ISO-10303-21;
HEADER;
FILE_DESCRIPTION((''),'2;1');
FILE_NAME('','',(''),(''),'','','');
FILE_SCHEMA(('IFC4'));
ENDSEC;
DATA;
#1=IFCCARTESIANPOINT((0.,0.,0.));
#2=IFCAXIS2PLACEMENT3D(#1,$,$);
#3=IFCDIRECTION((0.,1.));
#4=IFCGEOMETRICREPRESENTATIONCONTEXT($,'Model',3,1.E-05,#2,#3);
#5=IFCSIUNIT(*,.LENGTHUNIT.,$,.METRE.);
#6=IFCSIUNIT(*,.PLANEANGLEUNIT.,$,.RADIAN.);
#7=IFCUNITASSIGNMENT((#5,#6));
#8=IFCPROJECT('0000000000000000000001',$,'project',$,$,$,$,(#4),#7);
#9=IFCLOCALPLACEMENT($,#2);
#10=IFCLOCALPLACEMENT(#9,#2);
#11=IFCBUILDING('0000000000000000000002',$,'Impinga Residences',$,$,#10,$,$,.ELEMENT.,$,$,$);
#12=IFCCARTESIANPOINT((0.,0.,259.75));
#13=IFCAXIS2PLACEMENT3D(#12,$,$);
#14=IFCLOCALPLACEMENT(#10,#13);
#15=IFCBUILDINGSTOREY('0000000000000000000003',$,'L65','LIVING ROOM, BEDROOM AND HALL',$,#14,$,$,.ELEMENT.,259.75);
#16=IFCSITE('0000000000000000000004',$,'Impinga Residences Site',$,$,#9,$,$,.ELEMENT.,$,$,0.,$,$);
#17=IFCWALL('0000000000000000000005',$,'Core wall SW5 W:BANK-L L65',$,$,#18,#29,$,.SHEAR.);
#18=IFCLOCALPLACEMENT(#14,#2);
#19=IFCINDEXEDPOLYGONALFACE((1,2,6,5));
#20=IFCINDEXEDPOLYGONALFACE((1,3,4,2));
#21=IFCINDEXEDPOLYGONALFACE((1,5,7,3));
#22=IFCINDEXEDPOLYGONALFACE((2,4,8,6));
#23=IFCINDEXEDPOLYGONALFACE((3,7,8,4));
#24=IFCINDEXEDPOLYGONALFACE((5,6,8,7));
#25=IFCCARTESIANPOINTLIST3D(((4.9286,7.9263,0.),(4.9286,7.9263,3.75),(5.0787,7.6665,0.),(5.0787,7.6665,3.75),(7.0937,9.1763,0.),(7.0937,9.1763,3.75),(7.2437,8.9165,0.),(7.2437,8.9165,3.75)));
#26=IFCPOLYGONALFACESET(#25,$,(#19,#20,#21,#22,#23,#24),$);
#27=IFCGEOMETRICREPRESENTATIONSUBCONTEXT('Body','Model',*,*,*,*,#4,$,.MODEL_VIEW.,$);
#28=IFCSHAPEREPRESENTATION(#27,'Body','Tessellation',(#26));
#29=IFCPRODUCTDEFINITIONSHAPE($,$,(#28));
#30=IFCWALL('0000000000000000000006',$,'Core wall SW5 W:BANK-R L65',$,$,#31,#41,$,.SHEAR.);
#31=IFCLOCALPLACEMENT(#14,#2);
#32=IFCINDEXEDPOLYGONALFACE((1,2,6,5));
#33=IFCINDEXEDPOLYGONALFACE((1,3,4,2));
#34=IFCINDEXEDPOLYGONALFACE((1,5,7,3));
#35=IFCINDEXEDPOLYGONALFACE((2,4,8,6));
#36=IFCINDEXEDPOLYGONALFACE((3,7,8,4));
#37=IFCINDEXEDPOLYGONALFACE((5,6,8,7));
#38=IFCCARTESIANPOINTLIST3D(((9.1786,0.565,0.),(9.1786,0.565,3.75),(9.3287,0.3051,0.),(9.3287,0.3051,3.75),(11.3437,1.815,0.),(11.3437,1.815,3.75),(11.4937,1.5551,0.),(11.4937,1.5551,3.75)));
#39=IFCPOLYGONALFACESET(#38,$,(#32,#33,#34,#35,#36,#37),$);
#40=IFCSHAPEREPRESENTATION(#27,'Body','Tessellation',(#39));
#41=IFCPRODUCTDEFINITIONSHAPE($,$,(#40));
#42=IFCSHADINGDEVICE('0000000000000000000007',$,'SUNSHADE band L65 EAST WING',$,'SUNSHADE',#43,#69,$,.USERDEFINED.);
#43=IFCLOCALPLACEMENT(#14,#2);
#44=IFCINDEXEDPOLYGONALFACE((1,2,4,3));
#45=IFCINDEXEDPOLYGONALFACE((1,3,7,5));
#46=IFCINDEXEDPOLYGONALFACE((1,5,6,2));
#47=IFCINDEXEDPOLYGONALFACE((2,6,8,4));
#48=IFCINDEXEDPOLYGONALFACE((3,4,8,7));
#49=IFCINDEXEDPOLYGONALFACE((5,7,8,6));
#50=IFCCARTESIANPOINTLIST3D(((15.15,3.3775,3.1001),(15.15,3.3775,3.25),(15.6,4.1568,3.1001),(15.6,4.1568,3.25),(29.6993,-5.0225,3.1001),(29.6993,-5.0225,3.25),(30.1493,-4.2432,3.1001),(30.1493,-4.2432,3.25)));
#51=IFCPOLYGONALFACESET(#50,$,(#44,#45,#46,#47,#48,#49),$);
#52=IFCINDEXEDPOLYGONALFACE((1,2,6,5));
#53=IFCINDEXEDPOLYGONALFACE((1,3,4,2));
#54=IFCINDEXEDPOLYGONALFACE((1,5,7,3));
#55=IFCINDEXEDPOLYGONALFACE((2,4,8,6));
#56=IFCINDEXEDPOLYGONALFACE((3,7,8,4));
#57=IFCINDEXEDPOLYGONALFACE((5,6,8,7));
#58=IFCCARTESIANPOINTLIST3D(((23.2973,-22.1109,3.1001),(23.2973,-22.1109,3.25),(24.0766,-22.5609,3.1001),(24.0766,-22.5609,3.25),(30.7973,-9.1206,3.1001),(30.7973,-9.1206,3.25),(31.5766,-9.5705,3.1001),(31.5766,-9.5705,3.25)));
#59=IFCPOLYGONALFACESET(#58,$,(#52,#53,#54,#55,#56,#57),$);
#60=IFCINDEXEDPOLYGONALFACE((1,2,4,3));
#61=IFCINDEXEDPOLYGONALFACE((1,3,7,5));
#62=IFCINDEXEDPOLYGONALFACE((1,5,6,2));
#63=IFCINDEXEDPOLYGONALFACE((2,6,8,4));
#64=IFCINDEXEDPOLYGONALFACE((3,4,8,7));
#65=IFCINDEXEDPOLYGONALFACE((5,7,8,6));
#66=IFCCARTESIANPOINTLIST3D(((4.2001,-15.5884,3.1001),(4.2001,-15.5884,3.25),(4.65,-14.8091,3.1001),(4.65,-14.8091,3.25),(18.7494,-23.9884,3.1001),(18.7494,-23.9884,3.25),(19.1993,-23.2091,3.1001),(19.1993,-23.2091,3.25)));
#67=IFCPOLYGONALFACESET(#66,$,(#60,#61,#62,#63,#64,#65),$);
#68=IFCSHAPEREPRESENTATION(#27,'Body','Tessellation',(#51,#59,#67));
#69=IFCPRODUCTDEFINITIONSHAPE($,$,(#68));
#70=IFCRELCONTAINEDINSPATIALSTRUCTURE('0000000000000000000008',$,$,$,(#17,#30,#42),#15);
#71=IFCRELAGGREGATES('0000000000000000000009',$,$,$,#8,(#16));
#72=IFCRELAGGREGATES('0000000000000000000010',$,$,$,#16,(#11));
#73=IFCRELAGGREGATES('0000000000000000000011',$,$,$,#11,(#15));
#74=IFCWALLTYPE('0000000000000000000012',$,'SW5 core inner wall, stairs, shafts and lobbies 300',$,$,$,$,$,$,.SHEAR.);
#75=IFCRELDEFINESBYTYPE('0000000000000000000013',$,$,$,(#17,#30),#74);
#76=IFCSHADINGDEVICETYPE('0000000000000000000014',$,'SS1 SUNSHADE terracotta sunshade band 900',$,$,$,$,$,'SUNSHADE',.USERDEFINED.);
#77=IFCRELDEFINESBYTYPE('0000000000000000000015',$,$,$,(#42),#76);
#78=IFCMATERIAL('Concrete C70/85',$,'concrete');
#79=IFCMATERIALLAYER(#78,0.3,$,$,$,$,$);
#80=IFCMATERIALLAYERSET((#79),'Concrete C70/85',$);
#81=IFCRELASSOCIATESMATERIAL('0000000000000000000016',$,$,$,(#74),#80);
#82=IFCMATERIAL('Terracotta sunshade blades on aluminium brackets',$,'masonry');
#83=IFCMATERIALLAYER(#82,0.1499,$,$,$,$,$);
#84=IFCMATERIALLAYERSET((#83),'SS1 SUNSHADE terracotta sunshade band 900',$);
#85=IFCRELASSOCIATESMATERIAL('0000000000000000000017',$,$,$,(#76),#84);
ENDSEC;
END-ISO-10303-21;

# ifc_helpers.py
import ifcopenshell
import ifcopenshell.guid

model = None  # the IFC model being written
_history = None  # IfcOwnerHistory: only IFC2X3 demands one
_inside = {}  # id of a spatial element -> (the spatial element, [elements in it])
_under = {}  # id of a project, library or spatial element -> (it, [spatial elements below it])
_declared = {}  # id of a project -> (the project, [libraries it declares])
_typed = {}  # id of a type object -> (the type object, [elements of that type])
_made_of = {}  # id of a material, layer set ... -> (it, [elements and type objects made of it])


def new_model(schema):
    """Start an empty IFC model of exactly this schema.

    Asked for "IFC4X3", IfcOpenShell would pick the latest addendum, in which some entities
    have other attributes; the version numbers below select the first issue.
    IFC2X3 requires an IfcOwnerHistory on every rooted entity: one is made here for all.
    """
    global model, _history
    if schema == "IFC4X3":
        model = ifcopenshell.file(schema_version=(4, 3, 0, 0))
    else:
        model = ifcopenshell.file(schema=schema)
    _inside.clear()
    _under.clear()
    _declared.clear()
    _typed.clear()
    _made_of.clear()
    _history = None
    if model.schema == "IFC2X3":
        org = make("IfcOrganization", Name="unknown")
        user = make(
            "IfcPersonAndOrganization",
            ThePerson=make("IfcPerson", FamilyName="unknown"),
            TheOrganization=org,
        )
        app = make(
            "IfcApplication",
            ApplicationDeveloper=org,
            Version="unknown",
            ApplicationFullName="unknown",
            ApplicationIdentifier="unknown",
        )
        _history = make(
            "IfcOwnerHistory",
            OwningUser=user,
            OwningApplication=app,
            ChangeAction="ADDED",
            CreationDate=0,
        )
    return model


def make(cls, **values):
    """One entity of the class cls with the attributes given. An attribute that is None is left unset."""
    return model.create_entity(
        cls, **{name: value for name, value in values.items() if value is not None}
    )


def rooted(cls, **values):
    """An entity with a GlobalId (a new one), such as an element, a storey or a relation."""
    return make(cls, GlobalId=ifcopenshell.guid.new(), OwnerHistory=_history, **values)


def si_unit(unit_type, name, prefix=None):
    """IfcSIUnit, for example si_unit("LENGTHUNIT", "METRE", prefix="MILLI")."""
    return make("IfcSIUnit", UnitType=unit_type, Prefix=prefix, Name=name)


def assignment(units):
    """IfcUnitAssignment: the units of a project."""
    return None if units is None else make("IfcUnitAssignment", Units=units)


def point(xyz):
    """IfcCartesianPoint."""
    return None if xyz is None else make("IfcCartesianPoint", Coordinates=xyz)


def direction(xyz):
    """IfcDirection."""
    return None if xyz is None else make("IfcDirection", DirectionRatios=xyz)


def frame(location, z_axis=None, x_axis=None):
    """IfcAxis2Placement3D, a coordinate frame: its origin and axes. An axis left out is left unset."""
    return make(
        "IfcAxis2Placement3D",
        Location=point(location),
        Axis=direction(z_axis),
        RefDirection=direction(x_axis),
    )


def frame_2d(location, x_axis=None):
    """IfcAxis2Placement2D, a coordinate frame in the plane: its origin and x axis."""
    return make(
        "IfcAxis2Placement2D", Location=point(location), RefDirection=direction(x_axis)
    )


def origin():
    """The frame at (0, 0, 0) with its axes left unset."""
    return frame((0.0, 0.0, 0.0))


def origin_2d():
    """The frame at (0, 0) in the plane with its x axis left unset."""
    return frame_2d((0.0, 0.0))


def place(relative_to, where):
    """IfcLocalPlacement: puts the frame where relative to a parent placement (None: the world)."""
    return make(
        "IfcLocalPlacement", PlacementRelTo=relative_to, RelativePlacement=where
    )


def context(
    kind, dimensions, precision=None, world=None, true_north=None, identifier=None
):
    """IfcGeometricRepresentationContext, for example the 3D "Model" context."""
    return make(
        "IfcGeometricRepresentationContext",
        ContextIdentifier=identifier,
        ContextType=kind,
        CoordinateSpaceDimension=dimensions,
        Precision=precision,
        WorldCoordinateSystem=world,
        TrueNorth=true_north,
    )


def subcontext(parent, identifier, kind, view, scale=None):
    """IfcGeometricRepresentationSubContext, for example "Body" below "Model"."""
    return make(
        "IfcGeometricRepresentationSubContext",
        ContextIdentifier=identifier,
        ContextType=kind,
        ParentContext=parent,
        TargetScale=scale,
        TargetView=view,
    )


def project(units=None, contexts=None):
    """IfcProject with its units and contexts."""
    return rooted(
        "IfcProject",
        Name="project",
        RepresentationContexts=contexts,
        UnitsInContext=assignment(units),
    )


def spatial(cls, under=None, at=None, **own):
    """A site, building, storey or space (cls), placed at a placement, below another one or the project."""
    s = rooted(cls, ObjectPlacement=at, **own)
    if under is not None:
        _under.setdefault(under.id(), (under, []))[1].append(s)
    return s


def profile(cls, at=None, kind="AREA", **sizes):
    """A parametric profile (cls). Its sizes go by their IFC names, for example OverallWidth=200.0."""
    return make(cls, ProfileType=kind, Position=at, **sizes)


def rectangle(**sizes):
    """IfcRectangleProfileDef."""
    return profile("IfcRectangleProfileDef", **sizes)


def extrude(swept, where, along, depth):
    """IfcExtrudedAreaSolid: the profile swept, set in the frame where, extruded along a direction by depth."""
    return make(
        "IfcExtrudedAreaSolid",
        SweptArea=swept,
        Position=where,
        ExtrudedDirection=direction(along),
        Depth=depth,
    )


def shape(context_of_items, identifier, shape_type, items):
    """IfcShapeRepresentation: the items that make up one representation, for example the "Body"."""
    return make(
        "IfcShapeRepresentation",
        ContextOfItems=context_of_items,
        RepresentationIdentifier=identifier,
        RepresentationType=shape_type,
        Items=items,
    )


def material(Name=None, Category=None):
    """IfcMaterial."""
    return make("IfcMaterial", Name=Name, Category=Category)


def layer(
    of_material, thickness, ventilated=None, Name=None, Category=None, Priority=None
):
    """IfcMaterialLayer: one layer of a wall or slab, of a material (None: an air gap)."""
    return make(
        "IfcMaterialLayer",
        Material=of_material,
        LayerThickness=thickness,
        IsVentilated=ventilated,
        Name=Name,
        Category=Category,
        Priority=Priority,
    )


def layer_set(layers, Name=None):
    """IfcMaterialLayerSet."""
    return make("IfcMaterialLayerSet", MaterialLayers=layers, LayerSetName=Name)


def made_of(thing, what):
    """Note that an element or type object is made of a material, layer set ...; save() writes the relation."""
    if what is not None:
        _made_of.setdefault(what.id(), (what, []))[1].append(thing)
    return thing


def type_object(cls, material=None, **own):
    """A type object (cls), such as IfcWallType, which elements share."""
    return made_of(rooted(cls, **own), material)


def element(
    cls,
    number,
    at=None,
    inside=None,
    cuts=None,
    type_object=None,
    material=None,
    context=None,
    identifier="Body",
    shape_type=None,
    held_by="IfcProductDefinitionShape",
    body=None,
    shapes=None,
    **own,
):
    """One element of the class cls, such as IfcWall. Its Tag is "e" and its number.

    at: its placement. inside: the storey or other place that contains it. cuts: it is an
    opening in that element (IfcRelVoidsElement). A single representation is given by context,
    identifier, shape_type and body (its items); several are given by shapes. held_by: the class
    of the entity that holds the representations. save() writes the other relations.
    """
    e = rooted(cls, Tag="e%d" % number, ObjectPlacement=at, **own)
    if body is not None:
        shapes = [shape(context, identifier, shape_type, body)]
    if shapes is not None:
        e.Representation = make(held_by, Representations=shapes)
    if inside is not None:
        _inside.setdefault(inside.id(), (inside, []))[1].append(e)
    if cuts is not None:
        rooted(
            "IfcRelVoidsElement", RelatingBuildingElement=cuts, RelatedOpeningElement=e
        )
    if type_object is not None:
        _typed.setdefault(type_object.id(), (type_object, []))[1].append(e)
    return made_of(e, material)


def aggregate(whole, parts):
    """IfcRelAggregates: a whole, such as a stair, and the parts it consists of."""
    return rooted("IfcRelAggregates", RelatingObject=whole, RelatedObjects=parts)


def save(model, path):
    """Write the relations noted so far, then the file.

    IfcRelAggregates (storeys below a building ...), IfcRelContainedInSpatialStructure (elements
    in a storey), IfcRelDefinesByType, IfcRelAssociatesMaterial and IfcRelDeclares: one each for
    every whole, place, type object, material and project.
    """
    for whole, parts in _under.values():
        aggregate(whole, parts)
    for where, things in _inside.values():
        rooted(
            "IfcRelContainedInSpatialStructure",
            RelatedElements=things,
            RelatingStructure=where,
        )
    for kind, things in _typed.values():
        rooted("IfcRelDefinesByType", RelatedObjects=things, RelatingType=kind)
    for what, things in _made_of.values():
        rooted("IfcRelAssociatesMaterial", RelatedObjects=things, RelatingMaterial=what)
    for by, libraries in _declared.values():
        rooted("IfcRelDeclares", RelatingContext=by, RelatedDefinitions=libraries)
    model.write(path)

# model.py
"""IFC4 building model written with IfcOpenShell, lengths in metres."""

from ifc_helpers import new_model, si_unit, direction, frame, frame_2d, origin, origin_2d, place, context, subcontext, project, spatial, rectangle, extrude, material, layer, layer_set, type_object, element, save


model = new_model("IFC4")

# Units and contexts
model_context = context("Model", 3, precision=1e-05, world=origin(), true_north=direction((0.0, 1.0)))
body_context = subcontext(model_context, "Body", "Model", "MODEL_VIEW")
ifc_project = project(units=[si_unit("LENGTHUNIT", "METRE"), si_unit("PLANEANGLEUNIT", "RADIAN")], contexts=[model_context])

# Site, building, storey
site_placement = place(None, origin())
site = spatial("IfcSite", under=ifc_project, at=site_placement, Name="Impinga Residences Site", CompositionType="ELEMENT", RefElevation=0.0)
building_placement = place(site_placement, origin())
building = spatial("IfcBuilding", under=site, at=building_placement, Name="Impinga Residences", CompositionType="ELEMENT")
storey_placement = place(building_placement, frame((0.0, 0.0, 259.75)))
storey = spatial("IfcBuildingStorey", under=building, at=storey_placement, Name="L65", Description="LIVING ROOM, BEDROOM AND HALL", CompositionType="ELEMENT", Elevation=259.75)

# Shared definitions
ifc_material_1 = material(Name="Concrete C70/85", Category="concrete")
ifc_layer_1 = layer(ifc_material_1, 0.3)
ifc_layer_set_1 = layer_set([ifc_layer_1], Name="Concrete C70/85")
wall_type_1 = type_object("IfcWallType", Name="SW5 core inner wall, stairs, shafts and lobbies 300", PredefinedType="SHEAR", material=ifc_layer_set_1)

# Walls
for number, where, z_axis, x_axis, name in (
    (1, (5.0037, 7.7964, 0.0), (0.0, 0.0, 1.0), (0.866023, 0.500004, 0.0), "Core wall SW5 W:BANK-L L65"),
    (2, (9.2537, 0.4351, 0.0), (0.0, 0.0, 1.0), (0.866023, 0.500004, 0.0), "Core wall SW5 W:BANK-R L65"),
):
    element("IfcWall", number, at=place(storey_placement, frame(where, z_axis=z_axis, x_axis=x_axis)), inside=storey, type_object=wall_type_1, Name=name, PredefinedType="SHEAR", context=body_context, shape_type="SweptSolid", body=[
        extrude(rectangle(XDim=2.5, YDim=0.3, at=frame_2d((1.25, 0.0))), origin(), (0.0, 0.0, 1.0), 3.75),
    ])

# Shading device
ifc_material_2 = material(Name="Terracotta sunshade blades on aluminium brackets", Category="masonry")
ifc_layer_2 = layer(ifc_material_2, 0.1499)
ifc_layer_set_2 = layer_set([ifc_layer_2], Name="SS1 SUNSHADE terracotta sunshade band 900")
shading_device_type = type_object("IfcShadingDeviceType", Name="SS1 SUNSHADE terracotta sunshade band 900", ElementType="SUNSHADE", PredefinedType="USERDEFINED", material=ifc_layer_set_2)
shading_device_placement = place(storey_placement, frame((22.6497, -0.4329, 3.1001), z_axis=(0.0, 0.0, 1.0), x_axis=(0.866025, -0.5, 0.0)))
element("IfcShadingDevice", 3, at=shading_device_placement, inside=storey, type_object=shading_device_type, Name="SUNSHADE band L65 EAST WING", ObjectType="SUNSHADE", PredefinedType="USERDEFINED", context=body_context, shape_type="SweptSolid", body=[
    extrude(rectangle(XDim=16.8, YDim=0.8999, at=origin_2d()), origin(), (0.0, 0.0, 1.0), 0.1499),
    extrude(rectangle(XDim=15.0, YDim=0.8999, at=origin_2d()), frame((11.8499, -10.95, 0.0), z_axis=(0.0, 0.0, 1.0), x_axis=(0.0, -1.0, 0.0)), (0.0, 0.0, 1.0), 0.1499),
    extrude(rectangle(XDim=16.8, YDim=0.8999, at=origin_2d()), frame((0.0, -21.8999, 0.0), z_axis=(0.0, 0.0, 1.0), x_axis=(-1.0, 0.0, 0.0)), (0.0, 0.0, 1.0), 0.1499),
])

save(model, "model.ifc")
